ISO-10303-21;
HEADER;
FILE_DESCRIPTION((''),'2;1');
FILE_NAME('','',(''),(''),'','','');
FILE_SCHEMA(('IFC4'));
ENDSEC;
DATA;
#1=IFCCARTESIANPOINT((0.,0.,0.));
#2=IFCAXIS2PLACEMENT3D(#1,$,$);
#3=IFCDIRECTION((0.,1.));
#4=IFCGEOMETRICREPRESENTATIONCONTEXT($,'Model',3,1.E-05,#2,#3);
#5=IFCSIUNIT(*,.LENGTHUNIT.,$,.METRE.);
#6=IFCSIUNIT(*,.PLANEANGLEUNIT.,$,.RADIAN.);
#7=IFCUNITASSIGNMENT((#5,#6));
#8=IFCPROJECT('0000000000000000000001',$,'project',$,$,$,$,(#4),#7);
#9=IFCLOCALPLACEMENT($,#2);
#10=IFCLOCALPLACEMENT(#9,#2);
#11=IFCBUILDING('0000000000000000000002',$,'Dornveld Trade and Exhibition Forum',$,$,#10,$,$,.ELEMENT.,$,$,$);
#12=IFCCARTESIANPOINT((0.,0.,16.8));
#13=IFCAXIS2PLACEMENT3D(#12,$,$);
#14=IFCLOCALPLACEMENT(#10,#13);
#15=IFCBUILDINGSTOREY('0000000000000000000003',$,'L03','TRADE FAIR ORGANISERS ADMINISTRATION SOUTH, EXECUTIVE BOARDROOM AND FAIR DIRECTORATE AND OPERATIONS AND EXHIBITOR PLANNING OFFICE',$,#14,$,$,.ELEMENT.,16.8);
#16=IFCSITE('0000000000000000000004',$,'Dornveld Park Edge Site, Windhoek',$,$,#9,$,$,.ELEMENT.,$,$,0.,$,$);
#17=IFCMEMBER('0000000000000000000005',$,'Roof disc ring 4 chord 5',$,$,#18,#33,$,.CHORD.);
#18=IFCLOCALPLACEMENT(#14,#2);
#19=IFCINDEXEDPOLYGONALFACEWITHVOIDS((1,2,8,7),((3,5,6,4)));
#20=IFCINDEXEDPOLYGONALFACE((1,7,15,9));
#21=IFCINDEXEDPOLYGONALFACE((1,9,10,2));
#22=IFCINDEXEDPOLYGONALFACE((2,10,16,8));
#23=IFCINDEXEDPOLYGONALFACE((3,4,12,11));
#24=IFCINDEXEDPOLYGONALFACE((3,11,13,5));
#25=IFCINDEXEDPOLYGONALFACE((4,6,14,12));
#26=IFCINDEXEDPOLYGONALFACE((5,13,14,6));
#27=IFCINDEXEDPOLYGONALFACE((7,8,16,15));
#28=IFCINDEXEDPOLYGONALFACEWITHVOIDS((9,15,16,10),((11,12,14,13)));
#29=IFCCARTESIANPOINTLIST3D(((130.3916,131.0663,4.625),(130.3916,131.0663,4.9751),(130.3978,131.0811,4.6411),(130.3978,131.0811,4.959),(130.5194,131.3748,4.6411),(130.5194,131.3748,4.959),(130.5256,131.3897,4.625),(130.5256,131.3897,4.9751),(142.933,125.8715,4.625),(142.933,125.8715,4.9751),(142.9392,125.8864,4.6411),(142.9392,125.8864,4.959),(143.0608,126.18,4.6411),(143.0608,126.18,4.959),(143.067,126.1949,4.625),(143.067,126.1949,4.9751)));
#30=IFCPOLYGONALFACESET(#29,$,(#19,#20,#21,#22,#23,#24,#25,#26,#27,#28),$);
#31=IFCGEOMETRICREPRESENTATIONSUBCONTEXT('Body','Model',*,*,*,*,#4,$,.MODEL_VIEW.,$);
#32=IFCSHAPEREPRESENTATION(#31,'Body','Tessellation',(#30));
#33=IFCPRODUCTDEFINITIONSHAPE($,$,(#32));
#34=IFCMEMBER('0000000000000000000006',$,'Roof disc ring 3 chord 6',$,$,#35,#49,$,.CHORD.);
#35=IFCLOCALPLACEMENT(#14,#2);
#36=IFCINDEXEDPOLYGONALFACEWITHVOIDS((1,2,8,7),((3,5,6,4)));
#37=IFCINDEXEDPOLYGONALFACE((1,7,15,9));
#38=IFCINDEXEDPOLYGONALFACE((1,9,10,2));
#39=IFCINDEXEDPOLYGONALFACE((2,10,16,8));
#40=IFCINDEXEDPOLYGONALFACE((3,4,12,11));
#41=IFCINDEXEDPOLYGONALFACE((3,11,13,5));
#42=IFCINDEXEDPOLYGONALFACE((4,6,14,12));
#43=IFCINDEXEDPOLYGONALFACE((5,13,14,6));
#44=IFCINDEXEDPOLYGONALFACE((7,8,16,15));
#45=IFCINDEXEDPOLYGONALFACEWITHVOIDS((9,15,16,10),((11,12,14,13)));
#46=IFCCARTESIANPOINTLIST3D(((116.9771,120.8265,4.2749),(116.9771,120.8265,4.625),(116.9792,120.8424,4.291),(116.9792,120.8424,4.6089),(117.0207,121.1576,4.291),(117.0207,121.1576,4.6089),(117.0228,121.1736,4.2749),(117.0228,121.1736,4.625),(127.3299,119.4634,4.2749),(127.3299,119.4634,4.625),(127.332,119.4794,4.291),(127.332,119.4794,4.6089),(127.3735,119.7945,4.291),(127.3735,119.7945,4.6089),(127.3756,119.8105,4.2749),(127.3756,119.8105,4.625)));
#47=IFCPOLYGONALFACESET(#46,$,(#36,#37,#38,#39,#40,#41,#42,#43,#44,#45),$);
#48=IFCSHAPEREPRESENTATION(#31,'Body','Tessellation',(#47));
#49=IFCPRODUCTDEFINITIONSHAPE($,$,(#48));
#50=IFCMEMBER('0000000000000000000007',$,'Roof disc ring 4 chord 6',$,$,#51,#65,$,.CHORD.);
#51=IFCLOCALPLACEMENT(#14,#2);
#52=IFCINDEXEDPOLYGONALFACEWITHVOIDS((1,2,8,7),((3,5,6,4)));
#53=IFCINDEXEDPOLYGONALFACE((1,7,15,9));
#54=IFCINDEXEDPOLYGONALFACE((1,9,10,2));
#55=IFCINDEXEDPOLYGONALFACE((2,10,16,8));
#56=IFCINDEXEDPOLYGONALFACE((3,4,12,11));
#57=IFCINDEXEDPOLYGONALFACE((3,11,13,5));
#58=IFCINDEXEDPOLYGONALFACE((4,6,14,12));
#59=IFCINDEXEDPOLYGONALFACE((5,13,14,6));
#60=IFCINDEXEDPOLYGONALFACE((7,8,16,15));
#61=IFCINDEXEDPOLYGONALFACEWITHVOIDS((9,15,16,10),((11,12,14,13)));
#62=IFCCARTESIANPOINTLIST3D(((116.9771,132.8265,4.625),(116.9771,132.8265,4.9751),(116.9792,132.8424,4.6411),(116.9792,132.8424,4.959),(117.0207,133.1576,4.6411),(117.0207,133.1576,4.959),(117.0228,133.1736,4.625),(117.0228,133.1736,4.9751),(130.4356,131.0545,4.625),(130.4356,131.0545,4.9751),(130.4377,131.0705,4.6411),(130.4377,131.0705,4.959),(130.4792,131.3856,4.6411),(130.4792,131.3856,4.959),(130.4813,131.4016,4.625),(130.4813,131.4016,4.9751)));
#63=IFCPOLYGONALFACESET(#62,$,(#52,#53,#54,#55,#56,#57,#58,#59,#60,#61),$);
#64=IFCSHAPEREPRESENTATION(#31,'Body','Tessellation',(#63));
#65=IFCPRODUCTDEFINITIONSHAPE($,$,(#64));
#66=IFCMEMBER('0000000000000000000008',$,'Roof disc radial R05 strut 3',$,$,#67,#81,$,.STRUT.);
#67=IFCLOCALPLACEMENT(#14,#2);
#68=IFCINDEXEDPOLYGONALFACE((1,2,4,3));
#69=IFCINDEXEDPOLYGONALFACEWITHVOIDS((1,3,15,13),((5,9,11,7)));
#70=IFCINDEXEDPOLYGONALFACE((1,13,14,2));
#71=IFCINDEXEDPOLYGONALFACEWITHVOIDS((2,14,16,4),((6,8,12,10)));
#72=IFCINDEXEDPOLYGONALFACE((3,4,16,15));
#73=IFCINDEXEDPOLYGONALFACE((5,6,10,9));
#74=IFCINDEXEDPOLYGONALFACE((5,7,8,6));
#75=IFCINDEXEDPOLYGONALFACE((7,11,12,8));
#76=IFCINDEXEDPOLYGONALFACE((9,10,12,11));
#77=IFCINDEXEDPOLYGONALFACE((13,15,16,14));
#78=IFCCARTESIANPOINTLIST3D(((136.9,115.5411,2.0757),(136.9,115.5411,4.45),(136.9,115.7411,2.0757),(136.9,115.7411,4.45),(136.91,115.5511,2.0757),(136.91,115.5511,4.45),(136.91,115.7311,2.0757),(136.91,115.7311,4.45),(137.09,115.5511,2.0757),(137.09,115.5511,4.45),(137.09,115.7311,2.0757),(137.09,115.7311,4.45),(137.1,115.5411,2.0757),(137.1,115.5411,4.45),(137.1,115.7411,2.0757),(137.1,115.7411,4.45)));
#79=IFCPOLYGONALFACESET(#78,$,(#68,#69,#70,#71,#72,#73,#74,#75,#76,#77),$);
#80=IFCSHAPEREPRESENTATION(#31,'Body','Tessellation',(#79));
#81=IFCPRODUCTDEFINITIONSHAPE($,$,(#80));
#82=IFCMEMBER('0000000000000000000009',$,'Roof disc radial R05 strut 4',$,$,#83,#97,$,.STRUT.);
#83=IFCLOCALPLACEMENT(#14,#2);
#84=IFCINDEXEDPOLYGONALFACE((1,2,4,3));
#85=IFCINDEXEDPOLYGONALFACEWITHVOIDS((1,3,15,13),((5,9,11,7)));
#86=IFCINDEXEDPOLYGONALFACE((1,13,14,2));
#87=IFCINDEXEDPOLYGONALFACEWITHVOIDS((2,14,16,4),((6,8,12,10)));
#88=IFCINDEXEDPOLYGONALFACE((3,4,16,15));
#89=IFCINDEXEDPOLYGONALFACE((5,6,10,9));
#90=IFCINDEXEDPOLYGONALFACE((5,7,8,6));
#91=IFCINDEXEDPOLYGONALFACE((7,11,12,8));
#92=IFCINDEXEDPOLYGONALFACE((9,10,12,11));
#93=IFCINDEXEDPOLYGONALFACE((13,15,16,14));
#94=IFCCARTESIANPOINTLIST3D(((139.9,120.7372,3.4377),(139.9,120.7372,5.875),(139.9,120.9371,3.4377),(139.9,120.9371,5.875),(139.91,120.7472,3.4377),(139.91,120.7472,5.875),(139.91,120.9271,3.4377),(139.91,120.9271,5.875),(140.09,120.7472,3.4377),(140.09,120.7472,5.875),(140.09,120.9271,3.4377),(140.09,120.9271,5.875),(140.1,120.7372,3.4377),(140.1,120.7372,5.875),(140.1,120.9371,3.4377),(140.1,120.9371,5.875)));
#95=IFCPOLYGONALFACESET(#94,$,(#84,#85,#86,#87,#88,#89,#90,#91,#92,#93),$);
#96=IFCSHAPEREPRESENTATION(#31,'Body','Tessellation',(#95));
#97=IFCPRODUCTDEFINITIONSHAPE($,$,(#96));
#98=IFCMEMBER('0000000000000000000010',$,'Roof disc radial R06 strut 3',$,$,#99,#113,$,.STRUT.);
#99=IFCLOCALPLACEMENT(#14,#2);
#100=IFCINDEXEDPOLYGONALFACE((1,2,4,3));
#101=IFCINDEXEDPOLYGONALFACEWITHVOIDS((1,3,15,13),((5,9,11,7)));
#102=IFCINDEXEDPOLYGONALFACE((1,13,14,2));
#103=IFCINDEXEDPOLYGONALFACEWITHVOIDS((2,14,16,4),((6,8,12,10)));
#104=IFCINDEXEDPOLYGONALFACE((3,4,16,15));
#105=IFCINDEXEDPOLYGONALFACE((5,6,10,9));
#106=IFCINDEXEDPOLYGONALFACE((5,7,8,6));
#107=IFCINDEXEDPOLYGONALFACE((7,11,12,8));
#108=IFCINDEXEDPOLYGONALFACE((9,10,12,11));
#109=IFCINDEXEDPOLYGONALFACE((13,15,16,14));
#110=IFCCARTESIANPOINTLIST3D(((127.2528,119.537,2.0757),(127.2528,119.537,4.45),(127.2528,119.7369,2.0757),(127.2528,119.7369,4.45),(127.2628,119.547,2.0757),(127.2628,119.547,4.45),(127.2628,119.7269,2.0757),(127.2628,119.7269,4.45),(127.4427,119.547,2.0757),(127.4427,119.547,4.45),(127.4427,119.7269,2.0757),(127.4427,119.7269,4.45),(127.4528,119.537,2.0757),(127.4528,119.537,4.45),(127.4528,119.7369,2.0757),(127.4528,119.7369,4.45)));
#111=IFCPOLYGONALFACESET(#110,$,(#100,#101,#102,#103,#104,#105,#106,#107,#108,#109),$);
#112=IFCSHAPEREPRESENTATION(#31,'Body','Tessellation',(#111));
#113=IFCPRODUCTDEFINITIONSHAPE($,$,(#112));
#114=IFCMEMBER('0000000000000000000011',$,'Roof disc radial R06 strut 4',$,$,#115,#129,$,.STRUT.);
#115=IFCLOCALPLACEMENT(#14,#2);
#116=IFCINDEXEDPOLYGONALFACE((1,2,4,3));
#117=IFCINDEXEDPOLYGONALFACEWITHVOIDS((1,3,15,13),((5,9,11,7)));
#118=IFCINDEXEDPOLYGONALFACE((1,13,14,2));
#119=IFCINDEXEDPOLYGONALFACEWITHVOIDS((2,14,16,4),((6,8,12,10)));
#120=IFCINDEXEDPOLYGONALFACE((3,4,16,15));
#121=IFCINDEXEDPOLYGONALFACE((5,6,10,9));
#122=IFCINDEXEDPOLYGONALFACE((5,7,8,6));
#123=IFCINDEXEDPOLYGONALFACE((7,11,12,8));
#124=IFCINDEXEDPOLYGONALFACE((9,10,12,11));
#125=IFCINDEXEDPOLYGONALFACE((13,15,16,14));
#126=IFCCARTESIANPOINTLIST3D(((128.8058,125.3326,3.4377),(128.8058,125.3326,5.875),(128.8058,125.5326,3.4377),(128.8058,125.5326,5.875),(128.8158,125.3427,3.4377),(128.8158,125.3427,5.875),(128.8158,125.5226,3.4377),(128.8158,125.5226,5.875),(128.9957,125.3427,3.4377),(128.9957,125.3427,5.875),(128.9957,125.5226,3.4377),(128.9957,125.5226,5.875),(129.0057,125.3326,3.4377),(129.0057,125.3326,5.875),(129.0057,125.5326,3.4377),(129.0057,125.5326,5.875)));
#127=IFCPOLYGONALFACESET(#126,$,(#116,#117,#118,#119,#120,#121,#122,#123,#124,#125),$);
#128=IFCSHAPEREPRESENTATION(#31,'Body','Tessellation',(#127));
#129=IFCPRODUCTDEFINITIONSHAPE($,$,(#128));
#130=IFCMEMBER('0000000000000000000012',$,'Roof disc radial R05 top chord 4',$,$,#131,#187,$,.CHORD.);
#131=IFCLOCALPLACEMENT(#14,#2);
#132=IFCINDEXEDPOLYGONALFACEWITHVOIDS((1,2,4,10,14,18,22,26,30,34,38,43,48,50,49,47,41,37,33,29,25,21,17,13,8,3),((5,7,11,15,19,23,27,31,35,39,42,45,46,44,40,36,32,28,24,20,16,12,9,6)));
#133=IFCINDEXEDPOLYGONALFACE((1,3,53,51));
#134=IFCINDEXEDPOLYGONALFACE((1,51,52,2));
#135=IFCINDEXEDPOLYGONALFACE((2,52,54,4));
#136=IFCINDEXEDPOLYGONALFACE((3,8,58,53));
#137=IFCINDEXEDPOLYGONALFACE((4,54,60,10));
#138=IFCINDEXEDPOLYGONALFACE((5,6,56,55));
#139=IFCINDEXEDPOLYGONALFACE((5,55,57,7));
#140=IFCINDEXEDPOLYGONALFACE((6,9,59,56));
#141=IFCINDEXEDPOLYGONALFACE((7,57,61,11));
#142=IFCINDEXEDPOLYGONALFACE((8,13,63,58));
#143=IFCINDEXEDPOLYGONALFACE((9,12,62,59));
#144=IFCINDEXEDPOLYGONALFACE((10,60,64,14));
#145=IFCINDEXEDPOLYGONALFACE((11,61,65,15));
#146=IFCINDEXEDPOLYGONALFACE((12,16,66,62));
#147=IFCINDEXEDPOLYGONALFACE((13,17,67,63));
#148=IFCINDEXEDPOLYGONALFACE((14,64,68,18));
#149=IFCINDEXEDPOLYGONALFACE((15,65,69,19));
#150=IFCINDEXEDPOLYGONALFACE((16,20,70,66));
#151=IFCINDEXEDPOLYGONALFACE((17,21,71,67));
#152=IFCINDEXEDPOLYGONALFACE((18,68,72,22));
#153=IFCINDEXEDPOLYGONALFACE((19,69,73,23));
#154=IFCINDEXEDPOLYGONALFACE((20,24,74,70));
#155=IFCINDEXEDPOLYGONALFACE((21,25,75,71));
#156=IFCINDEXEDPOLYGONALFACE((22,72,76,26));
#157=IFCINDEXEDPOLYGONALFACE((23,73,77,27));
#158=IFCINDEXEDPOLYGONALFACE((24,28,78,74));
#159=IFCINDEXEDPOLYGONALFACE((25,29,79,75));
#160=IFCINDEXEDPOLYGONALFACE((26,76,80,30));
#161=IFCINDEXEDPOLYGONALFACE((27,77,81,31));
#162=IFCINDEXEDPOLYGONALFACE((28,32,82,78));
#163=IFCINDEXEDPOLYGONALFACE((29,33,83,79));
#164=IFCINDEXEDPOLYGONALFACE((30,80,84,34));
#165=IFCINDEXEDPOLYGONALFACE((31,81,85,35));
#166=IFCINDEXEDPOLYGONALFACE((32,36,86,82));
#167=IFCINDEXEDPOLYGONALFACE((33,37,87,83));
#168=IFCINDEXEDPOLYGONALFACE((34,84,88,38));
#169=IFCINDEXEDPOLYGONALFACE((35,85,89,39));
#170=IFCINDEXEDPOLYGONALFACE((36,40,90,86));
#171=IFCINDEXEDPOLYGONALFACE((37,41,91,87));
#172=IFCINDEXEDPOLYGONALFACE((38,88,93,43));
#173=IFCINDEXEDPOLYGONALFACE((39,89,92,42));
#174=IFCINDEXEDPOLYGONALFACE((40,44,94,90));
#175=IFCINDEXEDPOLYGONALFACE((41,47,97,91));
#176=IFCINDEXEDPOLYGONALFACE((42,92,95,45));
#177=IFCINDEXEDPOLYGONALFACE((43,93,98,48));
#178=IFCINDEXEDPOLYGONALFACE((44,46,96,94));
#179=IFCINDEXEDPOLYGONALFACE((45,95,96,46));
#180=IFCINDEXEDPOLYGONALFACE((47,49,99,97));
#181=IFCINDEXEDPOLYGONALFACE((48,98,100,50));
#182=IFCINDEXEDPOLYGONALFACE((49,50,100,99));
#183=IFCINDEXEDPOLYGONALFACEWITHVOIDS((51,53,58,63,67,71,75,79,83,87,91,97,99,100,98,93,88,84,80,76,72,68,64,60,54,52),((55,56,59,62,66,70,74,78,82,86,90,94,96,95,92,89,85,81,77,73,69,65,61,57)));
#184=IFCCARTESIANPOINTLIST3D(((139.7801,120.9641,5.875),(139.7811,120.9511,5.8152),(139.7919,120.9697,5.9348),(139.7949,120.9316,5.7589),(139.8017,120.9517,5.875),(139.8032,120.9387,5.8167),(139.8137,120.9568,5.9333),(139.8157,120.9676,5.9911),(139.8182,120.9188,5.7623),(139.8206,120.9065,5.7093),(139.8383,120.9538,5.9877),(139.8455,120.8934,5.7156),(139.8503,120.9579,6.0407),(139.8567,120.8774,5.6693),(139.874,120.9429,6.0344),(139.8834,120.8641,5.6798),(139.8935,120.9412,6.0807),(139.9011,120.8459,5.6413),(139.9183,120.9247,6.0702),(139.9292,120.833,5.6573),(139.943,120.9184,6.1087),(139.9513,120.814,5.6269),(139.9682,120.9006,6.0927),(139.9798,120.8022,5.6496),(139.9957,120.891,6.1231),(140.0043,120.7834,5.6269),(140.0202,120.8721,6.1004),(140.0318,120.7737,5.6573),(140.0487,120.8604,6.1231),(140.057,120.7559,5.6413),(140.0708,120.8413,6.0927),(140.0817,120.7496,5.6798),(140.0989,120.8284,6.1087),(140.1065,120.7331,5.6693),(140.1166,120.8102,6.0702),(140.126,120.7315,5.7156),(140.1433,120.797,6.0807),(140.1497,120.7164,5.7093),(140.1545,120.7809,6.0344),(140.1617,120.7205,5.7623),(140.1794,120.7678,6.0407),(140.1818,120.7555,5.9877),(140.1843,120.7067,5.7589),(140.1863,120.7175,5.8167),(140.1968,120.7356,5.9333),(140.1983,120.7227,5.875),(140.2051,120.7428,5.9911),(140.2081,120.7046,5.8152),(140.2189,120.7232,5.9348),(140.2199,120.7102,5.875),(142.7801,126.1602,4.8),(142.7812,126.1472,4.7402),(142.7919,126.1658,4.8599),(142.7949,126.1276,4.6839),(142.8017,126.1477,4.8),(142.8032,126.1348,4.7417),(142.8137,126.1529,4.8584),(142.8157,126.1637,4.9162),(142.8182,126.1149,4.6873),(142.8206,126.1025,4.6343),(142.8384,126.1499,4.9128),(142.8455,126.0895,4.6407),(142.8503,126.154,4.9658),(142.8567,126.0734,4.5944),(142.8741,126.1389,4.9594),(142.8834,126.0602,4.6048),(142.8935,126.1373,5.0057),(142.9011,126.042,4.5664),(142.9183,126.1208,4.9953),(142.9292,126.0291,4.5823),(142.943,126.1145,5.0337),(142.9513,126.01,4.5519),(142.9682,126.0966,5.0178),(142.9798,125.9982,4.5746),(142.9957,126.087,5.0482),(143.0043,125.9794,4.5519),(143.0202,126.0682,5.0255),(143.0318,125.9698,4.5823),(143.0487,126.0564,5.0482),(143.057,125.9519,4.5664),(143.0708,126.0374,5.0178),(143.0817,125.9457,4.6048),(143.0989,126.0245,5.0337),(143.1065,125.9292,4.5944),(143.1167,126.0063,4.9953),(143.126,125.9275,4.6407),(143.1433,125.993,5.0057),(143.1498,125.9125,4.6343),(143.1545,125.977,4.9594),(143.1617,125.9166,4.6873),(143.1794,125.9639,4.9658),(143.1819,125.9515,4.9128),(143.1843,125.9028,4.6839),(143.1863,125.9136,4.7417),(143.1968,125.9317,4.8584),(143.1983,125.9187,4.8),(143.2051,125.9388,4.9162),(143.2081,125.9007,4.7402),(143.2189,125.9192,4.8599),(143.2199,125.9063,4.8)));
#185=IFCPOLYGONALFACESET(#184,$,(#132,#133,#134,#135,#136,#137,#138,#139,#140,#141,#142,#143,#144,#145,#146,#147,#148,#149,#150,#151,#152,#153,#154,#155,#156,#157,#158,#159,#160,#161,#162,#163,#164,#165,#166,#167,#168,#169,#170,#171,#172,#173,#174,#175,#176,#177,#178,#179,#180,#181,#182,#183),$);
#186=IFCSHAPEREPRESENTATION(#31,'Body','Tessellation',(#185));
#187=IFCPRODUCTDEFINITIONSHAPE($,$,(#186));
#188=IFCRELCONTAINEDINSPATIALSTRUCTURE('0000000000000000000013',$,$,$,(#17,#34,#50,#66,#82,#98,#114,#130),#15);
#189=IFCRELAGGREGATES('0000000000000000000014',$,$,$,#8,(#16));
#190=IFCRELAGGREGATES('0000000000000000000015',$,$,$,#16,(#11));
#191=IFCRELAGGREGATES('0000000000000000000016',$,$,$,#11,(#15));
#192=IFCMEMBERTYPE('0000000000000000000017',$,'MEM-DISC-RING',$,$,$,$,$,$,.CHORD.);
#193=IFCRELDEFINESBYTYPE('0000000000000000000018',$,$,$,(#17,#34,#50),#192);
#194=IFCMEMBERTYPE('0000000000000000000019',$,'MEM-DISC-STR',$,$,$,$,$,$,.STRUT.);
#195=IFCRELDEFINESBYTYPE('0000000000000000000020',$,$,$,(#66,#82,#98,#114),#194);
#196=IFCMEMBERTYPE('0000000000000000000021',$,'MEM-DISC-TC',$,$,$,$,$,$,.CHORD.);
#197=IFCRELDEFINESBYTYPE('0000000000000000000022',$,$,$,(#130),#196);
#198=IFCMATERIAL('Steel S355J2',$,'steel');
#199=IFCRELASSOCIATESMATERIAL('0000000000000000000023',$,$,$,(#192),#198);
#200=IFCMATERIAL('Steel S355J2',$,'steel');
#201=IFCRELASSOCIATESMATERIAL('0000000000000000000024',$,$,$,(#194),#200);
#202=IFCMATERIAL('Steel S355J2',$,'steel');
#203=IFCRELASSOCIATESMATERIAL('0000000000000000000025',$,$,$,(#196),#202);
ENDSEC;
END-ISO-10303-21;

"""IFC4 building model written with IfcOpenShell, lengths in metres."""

from ifc_helpers import new_model, si_unit, direction, frame, origin, origin_2d, place, context, subcontext, project, spatial, hollow_rectangle, hollow_circle, extrude, material, material_profile, profile_set, type_object, element, save


model = new_model("IFC4")

# Units and contexts
model_context = context("Model", 3, precision=1e-05, world=origin(), true_north=direction((0.0, 1.0)))
body_context = subcontext(model_context, "Body", "Model", "MODEL_VIEW")
ifc_project = project(units=[si_unit("LENGTHUNIT", "METRE"), si_unit("PLANEANGLEUNIT", "RADIAN")], contexts=[model_context])

# Site, building, storey
site_placement = place(None, origin())
site = spatial("IfcSite", under=ifc_project, at=site_placement, Name="Dornveld Park Edge Site, Windhoek", CompositionType="ELEMENT", RefElevation=0.0)
building_placement = place(site_placement, origin())
building = spatial("IfcBuilding", under=site, at=building_placement, Name="Dornveld Trade and Exhibition Forum", CompositionType="ELEMENT")
storey_placement = place(building_placement, frame((0.0, 0.0, 16.8)))
storey = spatial("IfcBuildingStorey", under=building, at=storey_placement, Name="L03", Description="TRADE FAIR ORGANISERS ADMINISTRATION SOUTH, EXECUTIVE BOARDROOM AND FAIR DIRECTORATE AND OPERATIONS AND EXHIBITOR PLANNING OFFICE", CompositionType="ELEMENT", Elevation=16.8)

# Members
ifc_material_1 = material(Name="Steel S355J2", Category="steel")
ifc_material_profile_1 = material_profile(ifc_material_1, hollow_rectangle(XDim=0.3501, YDim=0.3501, WallThickness=0.0161, at=origin_2d()), Name="SHS 350x350x16")
ifc_profile_set_1 = profile_set([ifc_material_profile_1], Name="Steel S355J2")
member_type_1 = type_object("IfcMemberType", Name="MEM-DISC-RING", PredefinedType="CHORD", material=ifc_profile_set_1)
member_1_placement = place(storey_placement, frame((143.0, 126.0332, 4.8), z_axis=(-0.92388, 0.382681, 0.0), x_axis=(-0.382681, -0.92388, 0.0)))
element("IfcMember", 1, at=member_1_placement, inside=storey, type_object=member_type_1, Name="Roof disc ring 4 chord 5", PredefinedType="CHORD", context=body_context, shape_type="SweptSolid", body=[
    extrude(hollow_rectangle(XDim=0.3501, YDim=0.3501, WallThickness=0.0161, at=origin_2d()), origin(), (0.0, 0.0, 1.0), 13.5747),
])
member_2_placement = place(storey_placement, frame((127.3528, 119.637, 4.45), z_axis=(-0.991444, 0.130533, 0.0), x_axis=(-0.130533, -0.991444, 0.0)))
element("IfcMember", 2, at=member_2_placement, inside=storey, type_object=member_type_1, Name="Roof disc ring 3 chord 6", PredefinedType="CHORD", context=body_context, shape_type="SweptSolid", body=[
    extrude(hollow_rectangle(XDim=0.3501, YDim=0.3501, WallThickness=0.0161, at=origin_2d()), origin(), (0.0, 0.0, 1.0), 10.4421),
])
member_3_placement = place(storey_placement, frame((130.4585, 131.228, 4.8), z_axis=(-0.991444, 0.130535, 0.0), x_axis=(-0.130535, -0.991444, 0.0)))
element("IfcMember", 3, at=member_3_placement, inside=storey, type_object=member_type_1, Name="Roof disc ring 4 chord 6", PredefinedType="CHORD", context=body_context, shape_type="SweptSolid", body=[
    extrude(hollow_rectangle(XDim=0.3501, YDim=0.3501, WallThickness=0.0161, at=origin_2d()), origin(), (0.0, 0.0, 1.0), 13.5747),
])
ifc_material_2 = material(Name="Steel S355J2", Category="steel")
ifc_material_profile_2 = material_profile(ifc_material_2, hollow_rectangle(XDim=0.2, YDim=0.2, WallThickness=0.01, at=origin_2d()), Name="SHS 200x200x10")
ifc_profile_set_2 = profile_set([ifc_material_profile_2], Name="Steel S355J2")
member_type_2 = type_object("IfcMemberType", Name="MEM-DISC-STR", PredefinedType="STRUT", material=ifc_profile_set_2)
member_4_placement = place(storey_placement, frame((137.0, 115.6411, 2.0757), z_axis=(0.0, 0.0, 1.0), x_axis=(1.0, 0.0, 0.0)))
element("IfcMember", 4, at=member_4_placement, inside=storey, type_object=member_type_2, Name="Roof disc radial R05 strut 3", PredefinedType="STRUT", context=body_context, shape_type="SweptSolid", body=[
    extrude(hollow_rectangle(XDim=0.2, YDim=0.2, WallThickness=0.01, at=origin_2d()), origin(), (0.0, 0.0, 1.0), 2.3743),
])
member_5_placement = place(storey_placement, frame((140.0, 120.8372, 3.4377), z_axis=(0.0, 0.0, 1.0), x_axis=(1.0, 0.0, 0.0)))
element("IfcMember", 5, at=member_5_placement, inside=storey, type_object=member_type_2, Name="Roof disc radial R05 strut 4", PredefinedType="STRUT", context=body_context, shape_type="SweptSolid", body=[
    extrude(hollow_rectangle(XDim=0.2, YDim=0.2, WallThickness=0.01, at=origin_2d()), origin(), (0.0, 0.0, 1.0), 2.4373),
])
member_6_placement = place(storey_placement, frame((127.3528, 119.637, 2.0757), z_axis=(0.0, 0.0, 1.0), x_axis=(1.0, 0.0, 0.0)))
element("IfcMember", 6, at=member_6_placement, inside=storey, type_object=member_type_2, Name="Roof disc radial R06 strut 3", PredefinedType="STRUT", context=body_context, shape_type="SweptSolid", body=[
    extrude(hollow_rectangle(XDim=0.2, YDim=0.2, WallThickness=0.01, at=origin_2d()), origin(), (0.0, 0.0, 1.0), 2.3743),
])
member_7_placement = place(storey_placement, frame((128.9058, 125.4326, 3.4377), z_axis=(0.0, 0.0, 1.0), x_axis=(1.0, 0.0, 0.0)))
element("IfcMember", 7, at=member_7_placement, inside=storey, type_object=member_type_2, Name="Roof disc radial R06 strut 4", PredefinedType="STRUT", context=body_context, shape_type="SweptSolid", body=[
    extrude(hollow_rectangle(XDim=0.2, YDim=0.2, WallThickness=0.01, at=origin_2d()), origin(), (0.0, 0.0, 1.0), 2.4373),
])
ifc_material_3 = material(Name="Steel S355J2", Category="steel")
ifc_material_profile_3 = material_profile(ifc_material_3, hollow_circle(Radius=0.2539, WallThickness=0.0249, at=origin_2d()), Name="CHS 508x25")
ifc_profile_set_3 = profile_set([ifc_material_profile_3], Name="Steel S355J2")
member_type_3 = type_object("IfcMemberType", Name="MEM-DISC-TC", PredefinedType="CHORD", material=ifc_profile_set_3)
member_8_placement = place(storey_placement, frame((140.0, 120.8372, 5.875), z_axis=(0.492171, 0.852448, -0.176353), x_axis=(-0.866021, 0.500008, 0.0)))
element("IfcMember", 8, at=member_8_placement, inside=storey, type_object=member_type_3, Name="Roof disc radial R05 top chord 4", PredefinedType="CHORD", context=body_context, shape_type="SweptSolid", body=[
    extrude(hollow_circle(Radius=0.2539, WallThickness=0.0249, at=origin_2d()), origin(), (0.0, 0.0, 1.0), 6.0955),
])

save(model, "model.ifc")
